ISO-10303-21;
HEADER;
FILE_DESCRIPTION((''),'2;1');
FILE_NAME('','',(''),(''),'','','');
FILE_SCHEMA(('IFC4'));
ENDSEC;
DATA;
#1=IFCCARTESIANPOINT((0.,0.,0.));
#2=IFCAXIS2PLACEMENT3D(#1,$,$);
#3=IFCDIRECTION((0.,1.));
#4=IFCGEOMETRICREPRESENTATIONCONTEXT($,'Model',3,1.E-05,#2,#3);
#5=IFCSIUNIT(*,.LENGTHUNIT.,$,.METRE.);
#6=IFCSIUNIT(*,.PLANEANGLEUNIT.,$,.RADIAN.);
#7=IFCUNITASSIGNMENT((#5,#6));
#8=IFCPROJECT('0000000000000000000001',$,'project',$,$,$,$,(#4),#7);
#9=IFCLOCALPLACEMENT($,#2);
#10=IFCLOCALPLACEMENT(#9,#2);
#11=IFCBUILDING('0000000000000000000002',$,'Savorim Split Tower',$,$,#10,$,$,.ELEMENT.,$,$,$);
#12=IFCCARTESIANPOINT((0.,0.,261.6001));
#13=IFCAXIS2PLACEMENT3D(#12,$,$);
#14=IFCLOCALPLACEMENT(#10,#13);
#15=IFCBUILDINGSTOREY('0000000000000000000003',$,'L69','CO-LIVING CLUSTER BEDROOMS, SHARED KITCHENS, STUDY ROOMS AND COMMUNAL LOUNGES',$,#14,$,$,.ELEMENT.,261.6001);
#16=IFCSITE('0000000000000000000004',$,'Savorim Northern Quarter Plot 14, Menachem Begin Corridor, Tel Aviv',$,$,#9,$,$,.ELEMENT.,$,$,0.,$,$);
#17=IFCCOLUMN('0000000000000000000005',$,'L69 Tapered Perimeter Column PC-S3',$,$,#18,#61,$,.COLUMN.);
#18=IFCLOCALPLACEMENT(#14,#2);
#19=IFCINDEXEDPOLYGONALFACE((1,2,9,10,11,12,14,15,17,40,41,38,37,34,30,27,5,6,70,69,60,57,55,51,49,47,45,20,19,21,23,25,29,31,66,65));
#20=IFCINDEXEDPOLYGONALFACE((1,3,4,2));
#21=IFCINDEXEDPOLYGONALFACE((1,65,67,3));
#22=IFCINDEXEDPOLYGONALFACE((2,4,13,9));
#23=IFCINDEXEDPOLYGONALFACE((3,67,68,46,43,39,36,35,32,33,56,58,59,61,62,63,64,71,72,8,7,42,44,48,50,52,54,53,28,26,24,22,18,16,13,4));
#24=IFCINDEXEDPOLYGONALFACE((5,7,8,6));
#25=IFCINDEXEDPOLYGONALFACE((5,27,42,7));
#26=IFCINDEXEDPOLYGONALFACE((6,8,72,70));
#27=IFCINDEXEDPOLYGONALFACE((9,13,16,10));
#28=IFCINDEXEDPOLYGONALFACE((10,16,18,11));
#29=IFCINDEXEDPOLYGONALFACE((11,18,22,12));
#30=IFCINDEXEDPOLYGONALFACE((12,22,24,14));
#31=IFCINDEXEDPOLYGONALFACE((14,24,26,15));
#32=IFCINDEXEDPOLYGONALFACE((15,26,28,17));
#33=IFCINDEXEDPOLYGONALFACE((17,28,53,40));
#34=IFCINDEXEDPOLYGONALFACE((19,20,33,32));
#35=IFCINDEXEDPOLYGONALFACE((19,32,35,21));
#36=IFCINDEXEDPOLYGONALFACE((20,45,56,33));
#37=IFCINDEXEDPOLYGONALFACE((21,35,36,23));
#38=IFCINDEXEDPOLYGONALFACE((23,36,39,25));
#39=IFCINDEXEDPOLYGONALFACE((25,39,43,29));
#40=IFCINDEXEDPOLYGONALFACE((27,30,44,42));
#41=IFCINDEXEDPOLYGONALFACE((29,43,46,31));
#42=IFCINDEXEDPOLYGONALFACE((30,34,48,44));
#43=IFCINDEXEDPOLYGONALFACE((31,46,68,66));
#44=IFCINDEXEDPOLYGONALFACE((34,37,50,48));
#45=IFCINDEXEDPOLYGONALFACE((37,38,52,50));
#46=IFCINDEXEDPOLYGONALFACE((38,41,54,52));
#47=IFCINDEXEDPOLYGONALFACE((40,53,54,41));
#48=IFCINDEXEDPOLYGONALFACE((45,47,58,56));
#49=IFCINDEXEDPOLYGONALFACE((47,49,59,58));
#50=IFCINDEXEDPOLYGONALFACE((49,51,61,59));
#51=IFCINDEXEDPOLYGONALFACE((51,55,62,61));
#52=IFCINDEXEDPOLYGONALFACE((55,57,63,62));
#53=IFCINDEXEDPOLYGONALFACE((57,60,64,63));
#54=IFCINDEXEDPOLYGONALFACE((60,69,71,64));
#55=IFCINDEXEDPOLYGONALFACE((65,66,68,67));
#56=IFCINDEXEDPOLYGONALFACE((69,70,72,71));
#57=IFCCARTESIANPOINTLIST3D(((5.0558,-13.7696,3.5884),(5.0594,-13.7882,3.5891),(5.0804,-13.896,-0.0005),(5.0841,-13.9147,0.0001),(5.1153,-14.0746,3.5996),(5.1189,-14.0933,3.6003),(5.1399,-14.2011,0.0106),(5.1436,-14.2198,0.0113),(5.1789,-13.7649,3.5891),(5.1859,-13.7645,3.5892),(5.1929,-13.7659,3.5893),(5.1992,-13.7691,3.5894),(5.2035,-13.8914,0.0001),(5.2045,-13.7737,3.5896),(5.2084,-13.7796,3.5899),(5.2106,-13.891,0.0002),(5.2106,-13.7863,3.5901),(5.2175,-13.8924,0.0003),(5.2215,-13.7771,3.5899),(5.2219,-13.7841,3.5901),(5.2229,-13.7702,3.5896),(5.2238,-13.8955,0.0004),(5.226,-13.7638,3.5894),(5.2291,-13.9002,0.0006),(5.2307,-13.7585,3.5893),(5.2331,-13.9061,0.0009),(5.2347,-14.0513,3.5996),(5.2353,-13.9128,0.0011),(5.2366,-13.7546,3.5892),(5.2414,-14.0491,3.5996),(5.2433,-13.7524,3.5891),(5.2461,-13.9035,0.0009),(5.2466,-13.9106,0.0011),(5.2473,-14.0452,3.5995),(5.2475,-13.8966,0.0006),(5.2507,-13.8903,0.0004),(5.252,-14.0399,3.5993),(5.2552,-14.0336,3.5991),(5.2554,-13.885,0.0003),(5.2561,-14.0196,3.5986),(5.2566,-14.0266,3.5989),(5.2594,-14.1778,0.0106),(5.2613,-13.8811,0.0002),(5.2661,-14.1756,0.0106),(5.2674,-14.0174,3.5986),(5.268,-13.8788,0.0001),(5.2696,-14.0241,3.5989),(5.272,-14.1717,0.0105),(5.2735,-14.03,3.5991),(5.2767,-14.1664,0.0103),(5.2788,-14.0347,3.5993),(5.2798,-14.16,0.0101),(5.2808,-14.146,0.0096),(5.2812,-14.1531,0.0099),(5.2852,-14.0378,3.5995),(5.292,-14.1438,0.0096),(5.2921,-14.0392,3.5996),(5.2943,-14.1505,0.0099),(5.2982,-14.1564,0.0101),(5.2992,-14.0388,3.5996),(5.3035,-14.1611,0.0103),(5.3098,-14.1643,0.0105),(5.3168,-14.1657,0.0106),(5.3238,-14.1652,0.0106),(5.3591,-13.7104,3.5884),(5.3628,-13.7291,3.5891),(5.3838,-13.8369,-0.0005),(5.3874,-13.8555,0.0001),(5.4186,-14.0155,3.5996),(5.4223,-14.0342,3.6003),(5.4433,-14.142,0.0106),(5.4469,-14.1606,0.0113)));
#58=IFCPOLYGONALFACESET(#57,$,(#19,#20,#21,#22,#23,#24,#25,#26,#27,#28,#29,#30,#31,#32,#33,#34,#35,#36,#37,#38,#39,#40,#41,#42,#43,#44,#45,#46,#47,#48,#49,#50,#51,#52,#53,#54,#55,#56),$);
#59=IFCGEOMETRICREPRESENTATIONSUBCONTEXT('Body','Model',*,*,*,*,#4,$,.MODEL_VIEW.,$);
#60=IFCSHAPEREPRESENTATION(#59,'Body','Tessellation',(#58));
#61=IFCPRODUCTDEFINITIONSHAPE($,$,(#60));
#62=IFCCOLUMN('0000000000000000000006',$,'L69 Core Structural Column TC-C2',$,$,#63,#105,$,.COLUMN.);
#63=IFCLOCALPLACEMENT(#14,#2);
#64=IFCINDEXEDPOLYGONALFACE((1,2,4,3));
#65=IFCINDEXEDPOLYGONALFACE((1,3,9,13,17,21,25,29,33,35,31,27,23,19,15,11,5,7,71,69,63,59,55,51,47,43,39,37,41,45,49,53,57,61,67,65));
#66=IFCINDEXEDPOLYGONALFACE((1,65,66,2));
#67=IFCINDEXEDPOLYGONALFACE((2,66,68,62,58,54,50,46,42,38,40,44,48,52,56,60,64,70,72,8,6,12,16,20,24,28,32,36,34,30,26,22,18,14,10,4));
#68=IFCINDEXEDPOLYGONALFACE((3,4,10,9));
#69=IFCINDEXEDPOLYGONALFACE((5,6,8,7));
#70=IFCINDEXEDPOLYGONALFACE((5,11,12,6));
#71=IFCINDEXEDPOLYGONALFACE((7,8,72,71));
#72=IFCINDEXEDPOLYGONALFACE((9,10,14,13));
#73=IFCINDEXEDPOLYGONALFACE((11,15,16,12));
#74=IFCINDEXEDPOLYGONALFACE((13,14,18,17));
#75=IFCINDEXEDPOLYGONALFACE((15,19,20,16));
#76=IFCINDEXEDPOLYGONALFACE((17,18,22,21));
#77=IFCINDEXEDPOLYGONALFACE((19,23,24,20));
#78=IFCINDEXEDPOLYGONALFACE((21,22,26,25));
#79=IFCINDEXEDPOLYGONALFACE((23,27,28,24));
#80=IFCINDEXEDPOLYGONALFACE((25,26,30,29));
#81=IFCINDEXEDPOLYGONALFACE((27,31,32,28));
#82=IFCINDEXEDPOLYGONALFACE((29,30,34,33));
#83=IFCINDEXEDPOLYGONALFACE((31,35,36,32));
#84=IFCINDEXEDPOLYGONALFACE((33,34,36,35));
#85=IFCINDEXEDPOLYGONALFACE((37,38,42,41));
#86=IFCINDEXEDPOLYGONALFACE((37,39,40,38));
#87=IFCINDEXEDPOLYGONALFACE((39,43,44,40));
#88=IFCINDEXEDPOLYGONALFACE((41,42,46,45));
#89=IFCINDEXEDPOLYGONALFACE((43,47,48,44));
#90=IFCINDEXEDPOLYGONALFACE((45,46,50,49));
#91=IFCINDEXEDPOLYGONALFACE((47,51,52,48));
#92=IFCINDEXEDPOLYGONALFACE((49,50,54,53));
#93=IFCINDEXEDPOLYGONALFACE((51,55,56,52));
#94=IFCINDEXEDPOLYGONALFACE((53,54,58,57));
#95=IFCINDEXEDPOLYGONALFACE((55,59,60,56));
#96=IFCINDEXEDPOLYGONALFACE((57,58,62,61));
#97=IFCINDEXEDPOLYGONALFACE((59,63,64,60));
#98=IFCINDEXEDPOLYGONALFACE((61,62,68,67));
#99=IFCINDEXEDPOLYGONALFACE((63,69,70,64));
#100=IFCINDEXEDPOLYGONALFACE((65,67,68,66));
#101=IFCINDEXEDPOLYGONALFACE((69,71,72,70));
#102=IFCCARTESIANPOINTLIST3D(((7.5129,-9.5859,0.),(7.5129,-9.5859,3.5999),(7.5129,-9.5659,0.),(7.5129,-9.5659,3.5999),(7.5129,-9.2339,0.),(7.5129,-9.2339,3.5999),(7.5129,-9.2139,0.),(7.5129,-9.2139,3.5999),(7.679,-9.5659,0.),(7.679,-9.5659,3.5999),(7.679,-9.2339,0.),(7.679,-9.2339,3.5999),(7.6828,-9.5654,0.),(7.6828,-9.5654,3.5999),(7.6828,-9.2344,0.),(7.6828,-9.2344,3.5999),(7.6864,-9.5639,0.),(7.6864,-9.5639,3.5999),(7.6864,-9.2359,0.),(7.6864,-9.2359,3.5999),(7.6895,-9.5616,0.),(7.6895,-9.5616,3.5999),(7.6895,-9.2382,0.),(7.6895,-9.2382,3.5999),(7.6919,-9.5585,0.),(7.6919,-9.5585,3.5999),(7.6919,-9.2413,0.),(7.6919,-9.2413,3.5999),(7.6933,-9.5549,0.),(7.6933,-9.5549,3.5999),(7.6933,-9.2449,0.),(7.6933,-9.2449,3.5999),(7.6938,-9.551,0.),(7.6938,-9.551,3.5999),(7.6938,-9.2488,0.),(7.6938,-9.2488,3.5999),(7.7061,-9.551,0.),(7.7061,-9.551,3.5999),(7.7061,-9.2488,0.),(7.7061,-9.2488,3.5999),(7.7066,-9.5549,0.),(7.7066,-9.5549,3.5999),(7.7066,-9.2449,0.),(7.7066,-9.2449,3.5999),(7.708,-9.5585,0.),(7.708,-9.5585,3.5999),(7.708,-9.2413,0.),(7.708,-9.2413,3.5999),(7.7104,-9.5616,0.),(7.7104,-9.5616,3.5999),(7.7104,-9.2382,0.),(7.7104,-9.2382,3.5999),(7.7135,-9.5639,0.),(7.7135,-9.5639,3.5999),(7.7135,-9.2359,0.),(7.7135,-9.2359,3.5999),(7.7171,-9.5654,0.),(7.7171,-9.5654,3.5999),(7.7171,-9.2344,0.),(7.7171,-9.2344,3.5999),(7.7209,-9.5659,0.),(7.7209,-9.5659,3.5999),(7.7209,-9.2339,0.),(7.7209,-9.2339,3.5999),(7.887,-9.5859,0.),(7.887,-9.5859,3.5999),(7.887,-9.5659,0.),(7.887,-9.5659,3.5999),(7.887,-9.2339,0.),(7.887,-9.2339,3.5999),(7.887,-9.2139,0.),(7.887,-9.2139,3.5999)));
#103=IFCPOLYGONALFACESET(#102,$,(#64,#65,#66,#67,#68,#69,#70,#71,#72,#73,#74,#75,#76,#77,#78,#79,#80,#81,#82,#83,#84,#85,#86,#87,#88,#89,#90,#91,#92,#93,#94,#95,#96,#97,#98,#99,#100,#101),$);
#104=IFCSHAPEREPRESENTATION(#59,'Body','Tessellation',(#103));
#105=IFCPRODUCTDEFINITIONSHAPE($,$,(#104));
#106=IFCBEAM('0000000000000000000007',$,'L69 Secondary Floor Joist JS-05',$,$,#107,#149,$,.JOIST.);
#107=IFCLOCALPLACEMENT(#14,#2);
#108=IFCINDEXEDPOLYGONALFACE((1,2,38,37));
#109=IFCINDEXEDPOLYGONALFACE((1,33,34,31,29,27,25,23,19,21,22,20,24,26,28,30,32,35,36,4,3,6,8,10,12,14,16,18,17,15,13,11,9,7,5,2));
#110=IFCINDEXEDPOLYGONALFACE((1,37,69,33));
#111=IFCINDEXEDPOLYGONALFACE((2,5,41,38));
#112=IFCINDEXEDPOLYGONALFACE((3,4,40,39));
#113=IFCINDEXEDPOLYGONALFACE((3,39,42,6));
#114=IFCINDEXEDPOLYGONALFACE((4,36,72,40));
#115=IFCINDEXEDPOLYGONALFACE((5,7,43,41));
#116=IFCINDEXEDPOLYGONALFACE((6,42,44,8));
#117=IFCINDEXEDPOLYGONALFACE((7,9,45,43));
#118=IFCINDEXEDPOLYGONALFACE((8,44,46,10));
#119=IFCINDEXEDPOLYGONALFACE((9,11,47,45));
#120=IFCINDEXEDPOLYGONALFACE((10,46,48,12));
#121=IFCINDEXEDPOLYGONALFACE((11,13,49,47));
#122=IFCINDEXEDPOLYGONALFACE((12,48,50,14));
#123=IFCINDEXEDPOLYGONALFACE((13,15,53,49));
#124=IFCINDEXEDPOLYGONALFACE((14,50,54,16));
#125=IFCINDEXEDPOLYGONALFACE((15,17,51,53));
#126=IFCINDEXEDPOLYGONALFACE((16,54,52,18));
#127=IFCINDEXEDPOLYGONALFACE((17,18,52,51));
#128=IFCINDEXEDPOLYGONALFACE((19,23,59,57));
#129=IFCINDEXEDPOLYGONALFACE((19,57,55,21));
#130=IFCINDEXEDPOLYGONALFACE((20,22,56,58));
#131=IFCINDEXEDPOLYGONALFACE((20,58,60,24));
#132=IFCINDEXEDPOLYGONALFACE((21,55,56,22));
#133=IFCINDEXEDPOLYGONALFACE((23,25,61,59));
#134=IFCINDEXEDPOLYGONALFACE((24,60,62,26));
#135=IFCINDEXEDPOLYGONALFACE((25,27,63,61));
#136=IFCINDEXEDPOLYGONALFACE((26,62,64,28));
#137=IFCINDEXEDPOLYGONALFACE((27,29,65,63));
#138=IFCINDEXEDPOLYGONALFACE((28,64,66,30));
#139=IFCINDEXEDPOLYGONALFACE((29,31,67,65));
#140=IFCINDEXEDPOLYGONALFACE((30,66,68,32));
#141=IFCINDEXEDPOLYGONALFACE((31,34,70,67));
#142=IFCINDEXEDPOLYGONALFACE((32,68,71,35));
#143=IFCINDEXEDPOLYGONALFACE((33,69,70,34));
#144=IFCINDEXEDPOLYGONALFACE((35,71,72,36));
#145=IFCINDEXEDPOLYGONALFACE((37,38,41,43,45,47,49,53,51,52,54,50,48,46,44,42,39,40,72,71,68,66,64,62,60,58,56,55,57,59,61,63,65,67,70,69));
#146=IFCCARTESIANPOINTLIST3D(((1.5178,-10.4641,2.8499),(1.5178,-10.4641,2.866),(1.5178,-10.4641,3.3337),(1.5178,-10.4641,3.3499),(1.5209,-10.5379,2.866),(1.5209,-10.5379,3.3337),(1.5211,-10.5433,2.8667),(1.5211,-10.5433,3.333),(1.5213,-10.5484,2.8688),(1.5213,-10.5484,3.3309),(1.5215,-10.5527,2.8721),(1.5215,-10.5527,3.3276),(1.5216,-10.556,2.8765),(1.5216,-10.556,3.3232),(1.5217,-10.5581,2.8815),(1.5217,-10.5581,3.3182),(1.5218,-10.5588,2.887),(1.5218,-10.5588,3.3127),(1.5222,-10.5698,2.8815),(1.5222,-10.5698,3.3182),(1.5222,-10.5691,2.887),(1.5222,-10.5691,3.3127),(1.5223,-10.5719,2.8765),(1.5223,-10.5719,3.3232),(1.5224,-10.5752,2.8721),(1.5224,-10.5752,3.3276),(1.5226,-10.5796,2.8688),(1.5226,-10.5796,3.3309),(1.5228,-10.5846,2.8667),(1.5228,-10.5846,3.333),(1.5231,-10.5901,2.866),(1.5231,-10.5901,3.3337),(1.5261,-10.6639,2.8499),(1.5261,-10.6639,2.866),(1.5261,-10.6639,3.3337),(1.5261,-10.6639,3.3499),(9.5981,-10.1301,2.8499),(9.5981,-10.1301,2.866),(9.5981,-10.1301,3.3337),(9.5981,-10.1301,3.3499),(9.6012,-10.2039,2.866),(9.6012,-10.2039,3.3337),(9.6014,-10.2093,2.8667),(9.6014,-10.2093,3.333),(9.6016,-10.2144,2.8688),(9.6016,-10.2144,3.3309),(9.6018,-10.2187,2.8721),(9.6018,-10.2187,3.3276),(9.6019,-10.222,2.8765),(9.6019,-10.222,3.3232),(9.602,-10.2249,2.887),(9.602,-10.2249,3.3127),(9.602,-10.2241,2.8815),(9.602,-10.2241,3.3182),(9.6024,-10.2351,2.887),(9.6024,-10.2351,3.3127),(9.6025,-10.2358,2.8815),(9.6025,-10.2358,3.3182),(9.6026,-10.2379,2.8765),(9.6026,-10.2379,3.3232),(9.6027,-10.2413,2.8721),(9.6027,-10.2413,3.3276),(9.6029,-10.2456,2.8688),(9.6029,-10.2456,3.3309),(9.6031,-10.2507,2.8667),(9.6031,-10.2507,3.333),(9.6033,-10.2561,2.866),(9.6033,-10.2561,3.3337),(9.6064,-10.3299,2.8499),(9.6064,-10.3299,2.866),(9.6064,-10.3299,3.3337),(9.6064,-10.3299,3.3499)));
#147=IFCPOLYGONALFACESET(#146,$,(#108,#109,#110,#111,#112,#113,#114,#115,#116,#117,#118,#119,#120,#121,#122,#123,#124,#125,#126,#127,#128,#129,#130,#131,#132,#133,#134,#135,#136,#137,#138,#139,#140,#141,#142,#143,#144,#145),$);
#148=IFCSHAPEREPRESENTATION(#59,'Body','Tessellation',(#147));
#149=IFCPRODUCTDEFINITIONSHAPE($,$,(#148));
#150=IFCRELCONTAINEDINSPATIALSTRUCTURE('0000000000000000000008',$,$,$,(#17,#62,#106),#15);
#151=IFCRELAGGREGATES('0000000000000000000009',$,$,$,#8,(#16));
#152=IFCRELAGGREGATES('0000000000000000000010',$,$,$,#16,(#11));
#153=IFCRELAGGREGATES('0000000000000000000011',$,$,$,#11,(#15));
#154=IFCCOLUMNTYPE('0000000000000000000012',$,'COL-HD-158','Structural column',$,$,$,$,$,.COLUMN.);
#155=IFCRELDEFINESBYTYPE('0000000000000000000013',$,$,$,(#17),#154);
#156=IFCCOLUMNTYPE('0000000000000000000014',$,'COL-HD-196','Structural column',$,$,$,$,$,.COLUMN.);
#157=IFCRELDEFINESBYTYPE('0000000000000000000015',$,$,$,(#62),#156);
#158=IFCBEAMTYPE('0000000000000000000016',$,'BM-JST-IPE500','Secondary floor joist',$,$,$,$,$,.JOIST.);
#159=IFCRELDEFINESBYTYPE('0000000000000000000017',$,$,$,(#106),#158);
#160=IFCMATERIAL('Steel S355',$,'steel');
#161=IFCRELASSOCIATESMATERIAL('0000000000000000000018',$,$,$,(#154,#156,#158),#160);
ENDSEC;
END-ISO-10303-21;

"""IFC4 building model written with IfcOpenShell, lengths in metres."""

from ifc_helpers import new_model, si_unit, direction, frame, origin, origin_2d, place, context, subcontext, project, spatial, i_section, extrude, material, material_profile, profile_set, type_object, element, save


model = new_model("IFC4")

# Units and contexts
model_context = context("Model", 3, precision=1e-05, world=origin(), true_north=direction((0.0, 1.0)))
body_context = subcontext(model_context, "Body", "Model", "MODEL_VIEW")
ifc_project = project(units=[si_unit("LENGTHUNIT", "METRE"), si_unit("PLANEANGLEUNIT", "RADIAN")], contexts=[model_context])

# Site, building, storey
site_placement = place(None, origin())
site = spatial("IfcSite", under=ifc_project, at=site_placement, Name="Savorim Northern Quarter Plot 14, Menachem Begin Corridor, Tel Aviv", CompositionType="ELEMENT", RefElevation=0.0)
building_placement = place(site_placement, origin())
building = spatial("IfcBuilding", under=site, at=building_placement, Name="Savorim Split Tower", CompositionType="ELEMENT")
storey_placement = place(building_placement, frame((0.0, 0.0, 261.6001)))
storey = spatial("IfcBuildingStorey", under=building, at=storey_placement, Name="L69", Description="CO-LIVING CLUSTER BEDROOMS, SHARED KITCHENS, STUDY ROOMS AND COMMUNAL LOUNGES", CompositionType="ELEMENT", Elevation=261.6001)

# Columns
ifc_material_1 = material(Name="Steel S355", Category="steel")
ifc_material_profile_1 = material_profile(ifc_material_1, i_section(OverallWidth=0.3091, OverallDepth=0.3301, WebThickness=0.0115, FlangeThickness=0.019, FilletRadius=0.0271, at=origin_2d()), Name="HD 320x158")
ifc_profile_set_1 = profile_set([ifc_material_profile_1], Name="Steel S355")
column_type_1 = type_object("IfcColumnType", Name="COL-HD-158", Description="Structural column", PredefinedType="COLUMN", material=ifc_profile_set_1)
column_1_placement = place(storey_placement, frame((5.2637, -14.0283, 0.0054), z_axis=(-0.006866, 0.035213, 0.999356), x_axis=(-0.981517, -0.191377, 0.0)))
element("IfcColumn", 1, at=column_1_placement, inside=storey, type_object=column_type_1, Name="L69 Tapered Perimeter Column PC-S3", PredefinedType="COLUMN", context=body_context, shape_type="SweptSolid", body=[
    extrude(i_section(OverallWidth=0.3091, OverallDepth=0.3301, WebThickness=0.0115, FlangeThickness=0.019, FilletRadius=0.0271, at=origin_2d()), origin(), (0.0, 0.0, 1.0), 3.5913),
])
ifc_material_profile_2 = material_profile(ifc_material_1, i_section(OverallWidth=0.374, OverallDepth=0.3721, WebThickness=0.0122, FlangeThickness=0.02, FilletRadius=0.0149, at=origin_2d()), Name="HD 360x196")
ifc_profile_set_2 = profile_set([ifc_material_profile_2], Name="Steel S355")
column_type_2 = type_object("IfcColumnType", Name="COL-HD-196", Description="Structural column", PredefinedType="COLUMN", material=ifc_profile_set_2)
column_2_placement = place(storey_placement, frame((7.7, -9.3999, 0.0), z_axis=(0.0, 0.0, 1.0), x_axis=(1.0, 0.0, 0.0)))
element("IfcColumn", 2, at=column_2_placement, inside=storey, type_object=column_type_2, Name="L69 Core Structural Column TC-C2", PredefinedType="COLUMN", context=body_context, shape_type="SweptSolid", body=[
    extrude(i_section(OverallWidth=0.374, OverallDepth=0.3721, WebThickness=0.0122, FlangeThickness=0.02, FilletRadius=0.0149, at=origin_2d()), origin(), (0.0, 0.0, 1.0), 3.5999),
])

# Beam
ifc_material_profile_3 = material_profile(ifc_material_1, i_section(OverallWidth=0.2, OverallDepth=0.5, WebThickness=0.0103, FlangeThickness=0.0161, FilletRadius=0.021, at=origin_2d()), Name="IPE 500")
ifc_profile_set_3 = profile_set([ifc_material_profile_3], Name="Steel S355")
beam_type_1 = type_object("IfcBeamType", Name="BM-JST-IPE500", Description="Secondary floor joist", PredefinedType="JOIST", material=ifc_profile_set_3)
beam_1_placement = place(storey_placement, frame((1.522, -10.564, 3.0999), z_axis=(0.999147, 0.041298, 0.0), x_axis=(-0.041298, 0.999147, 0.0)))
element("IfcBeam", 3, at=beam_1_placement, inside=storey, type_object=beam_type_1, Name="L69 Secondary Floor Joist JS-05", PredefinedType="JOIST", context=body_context, shape_type="SweptSolid", body=[
    extrude(i_section(OverallWidth=0.2, OverallDepth=0.5, WebThickness=0.0103, FlangeThickness=0.0161, FilletRadius=0.021, at=origin_2d()), origin(), (0.0, 0.0, 1.0), 8.0872),
])

save(model, "model.ifc")
